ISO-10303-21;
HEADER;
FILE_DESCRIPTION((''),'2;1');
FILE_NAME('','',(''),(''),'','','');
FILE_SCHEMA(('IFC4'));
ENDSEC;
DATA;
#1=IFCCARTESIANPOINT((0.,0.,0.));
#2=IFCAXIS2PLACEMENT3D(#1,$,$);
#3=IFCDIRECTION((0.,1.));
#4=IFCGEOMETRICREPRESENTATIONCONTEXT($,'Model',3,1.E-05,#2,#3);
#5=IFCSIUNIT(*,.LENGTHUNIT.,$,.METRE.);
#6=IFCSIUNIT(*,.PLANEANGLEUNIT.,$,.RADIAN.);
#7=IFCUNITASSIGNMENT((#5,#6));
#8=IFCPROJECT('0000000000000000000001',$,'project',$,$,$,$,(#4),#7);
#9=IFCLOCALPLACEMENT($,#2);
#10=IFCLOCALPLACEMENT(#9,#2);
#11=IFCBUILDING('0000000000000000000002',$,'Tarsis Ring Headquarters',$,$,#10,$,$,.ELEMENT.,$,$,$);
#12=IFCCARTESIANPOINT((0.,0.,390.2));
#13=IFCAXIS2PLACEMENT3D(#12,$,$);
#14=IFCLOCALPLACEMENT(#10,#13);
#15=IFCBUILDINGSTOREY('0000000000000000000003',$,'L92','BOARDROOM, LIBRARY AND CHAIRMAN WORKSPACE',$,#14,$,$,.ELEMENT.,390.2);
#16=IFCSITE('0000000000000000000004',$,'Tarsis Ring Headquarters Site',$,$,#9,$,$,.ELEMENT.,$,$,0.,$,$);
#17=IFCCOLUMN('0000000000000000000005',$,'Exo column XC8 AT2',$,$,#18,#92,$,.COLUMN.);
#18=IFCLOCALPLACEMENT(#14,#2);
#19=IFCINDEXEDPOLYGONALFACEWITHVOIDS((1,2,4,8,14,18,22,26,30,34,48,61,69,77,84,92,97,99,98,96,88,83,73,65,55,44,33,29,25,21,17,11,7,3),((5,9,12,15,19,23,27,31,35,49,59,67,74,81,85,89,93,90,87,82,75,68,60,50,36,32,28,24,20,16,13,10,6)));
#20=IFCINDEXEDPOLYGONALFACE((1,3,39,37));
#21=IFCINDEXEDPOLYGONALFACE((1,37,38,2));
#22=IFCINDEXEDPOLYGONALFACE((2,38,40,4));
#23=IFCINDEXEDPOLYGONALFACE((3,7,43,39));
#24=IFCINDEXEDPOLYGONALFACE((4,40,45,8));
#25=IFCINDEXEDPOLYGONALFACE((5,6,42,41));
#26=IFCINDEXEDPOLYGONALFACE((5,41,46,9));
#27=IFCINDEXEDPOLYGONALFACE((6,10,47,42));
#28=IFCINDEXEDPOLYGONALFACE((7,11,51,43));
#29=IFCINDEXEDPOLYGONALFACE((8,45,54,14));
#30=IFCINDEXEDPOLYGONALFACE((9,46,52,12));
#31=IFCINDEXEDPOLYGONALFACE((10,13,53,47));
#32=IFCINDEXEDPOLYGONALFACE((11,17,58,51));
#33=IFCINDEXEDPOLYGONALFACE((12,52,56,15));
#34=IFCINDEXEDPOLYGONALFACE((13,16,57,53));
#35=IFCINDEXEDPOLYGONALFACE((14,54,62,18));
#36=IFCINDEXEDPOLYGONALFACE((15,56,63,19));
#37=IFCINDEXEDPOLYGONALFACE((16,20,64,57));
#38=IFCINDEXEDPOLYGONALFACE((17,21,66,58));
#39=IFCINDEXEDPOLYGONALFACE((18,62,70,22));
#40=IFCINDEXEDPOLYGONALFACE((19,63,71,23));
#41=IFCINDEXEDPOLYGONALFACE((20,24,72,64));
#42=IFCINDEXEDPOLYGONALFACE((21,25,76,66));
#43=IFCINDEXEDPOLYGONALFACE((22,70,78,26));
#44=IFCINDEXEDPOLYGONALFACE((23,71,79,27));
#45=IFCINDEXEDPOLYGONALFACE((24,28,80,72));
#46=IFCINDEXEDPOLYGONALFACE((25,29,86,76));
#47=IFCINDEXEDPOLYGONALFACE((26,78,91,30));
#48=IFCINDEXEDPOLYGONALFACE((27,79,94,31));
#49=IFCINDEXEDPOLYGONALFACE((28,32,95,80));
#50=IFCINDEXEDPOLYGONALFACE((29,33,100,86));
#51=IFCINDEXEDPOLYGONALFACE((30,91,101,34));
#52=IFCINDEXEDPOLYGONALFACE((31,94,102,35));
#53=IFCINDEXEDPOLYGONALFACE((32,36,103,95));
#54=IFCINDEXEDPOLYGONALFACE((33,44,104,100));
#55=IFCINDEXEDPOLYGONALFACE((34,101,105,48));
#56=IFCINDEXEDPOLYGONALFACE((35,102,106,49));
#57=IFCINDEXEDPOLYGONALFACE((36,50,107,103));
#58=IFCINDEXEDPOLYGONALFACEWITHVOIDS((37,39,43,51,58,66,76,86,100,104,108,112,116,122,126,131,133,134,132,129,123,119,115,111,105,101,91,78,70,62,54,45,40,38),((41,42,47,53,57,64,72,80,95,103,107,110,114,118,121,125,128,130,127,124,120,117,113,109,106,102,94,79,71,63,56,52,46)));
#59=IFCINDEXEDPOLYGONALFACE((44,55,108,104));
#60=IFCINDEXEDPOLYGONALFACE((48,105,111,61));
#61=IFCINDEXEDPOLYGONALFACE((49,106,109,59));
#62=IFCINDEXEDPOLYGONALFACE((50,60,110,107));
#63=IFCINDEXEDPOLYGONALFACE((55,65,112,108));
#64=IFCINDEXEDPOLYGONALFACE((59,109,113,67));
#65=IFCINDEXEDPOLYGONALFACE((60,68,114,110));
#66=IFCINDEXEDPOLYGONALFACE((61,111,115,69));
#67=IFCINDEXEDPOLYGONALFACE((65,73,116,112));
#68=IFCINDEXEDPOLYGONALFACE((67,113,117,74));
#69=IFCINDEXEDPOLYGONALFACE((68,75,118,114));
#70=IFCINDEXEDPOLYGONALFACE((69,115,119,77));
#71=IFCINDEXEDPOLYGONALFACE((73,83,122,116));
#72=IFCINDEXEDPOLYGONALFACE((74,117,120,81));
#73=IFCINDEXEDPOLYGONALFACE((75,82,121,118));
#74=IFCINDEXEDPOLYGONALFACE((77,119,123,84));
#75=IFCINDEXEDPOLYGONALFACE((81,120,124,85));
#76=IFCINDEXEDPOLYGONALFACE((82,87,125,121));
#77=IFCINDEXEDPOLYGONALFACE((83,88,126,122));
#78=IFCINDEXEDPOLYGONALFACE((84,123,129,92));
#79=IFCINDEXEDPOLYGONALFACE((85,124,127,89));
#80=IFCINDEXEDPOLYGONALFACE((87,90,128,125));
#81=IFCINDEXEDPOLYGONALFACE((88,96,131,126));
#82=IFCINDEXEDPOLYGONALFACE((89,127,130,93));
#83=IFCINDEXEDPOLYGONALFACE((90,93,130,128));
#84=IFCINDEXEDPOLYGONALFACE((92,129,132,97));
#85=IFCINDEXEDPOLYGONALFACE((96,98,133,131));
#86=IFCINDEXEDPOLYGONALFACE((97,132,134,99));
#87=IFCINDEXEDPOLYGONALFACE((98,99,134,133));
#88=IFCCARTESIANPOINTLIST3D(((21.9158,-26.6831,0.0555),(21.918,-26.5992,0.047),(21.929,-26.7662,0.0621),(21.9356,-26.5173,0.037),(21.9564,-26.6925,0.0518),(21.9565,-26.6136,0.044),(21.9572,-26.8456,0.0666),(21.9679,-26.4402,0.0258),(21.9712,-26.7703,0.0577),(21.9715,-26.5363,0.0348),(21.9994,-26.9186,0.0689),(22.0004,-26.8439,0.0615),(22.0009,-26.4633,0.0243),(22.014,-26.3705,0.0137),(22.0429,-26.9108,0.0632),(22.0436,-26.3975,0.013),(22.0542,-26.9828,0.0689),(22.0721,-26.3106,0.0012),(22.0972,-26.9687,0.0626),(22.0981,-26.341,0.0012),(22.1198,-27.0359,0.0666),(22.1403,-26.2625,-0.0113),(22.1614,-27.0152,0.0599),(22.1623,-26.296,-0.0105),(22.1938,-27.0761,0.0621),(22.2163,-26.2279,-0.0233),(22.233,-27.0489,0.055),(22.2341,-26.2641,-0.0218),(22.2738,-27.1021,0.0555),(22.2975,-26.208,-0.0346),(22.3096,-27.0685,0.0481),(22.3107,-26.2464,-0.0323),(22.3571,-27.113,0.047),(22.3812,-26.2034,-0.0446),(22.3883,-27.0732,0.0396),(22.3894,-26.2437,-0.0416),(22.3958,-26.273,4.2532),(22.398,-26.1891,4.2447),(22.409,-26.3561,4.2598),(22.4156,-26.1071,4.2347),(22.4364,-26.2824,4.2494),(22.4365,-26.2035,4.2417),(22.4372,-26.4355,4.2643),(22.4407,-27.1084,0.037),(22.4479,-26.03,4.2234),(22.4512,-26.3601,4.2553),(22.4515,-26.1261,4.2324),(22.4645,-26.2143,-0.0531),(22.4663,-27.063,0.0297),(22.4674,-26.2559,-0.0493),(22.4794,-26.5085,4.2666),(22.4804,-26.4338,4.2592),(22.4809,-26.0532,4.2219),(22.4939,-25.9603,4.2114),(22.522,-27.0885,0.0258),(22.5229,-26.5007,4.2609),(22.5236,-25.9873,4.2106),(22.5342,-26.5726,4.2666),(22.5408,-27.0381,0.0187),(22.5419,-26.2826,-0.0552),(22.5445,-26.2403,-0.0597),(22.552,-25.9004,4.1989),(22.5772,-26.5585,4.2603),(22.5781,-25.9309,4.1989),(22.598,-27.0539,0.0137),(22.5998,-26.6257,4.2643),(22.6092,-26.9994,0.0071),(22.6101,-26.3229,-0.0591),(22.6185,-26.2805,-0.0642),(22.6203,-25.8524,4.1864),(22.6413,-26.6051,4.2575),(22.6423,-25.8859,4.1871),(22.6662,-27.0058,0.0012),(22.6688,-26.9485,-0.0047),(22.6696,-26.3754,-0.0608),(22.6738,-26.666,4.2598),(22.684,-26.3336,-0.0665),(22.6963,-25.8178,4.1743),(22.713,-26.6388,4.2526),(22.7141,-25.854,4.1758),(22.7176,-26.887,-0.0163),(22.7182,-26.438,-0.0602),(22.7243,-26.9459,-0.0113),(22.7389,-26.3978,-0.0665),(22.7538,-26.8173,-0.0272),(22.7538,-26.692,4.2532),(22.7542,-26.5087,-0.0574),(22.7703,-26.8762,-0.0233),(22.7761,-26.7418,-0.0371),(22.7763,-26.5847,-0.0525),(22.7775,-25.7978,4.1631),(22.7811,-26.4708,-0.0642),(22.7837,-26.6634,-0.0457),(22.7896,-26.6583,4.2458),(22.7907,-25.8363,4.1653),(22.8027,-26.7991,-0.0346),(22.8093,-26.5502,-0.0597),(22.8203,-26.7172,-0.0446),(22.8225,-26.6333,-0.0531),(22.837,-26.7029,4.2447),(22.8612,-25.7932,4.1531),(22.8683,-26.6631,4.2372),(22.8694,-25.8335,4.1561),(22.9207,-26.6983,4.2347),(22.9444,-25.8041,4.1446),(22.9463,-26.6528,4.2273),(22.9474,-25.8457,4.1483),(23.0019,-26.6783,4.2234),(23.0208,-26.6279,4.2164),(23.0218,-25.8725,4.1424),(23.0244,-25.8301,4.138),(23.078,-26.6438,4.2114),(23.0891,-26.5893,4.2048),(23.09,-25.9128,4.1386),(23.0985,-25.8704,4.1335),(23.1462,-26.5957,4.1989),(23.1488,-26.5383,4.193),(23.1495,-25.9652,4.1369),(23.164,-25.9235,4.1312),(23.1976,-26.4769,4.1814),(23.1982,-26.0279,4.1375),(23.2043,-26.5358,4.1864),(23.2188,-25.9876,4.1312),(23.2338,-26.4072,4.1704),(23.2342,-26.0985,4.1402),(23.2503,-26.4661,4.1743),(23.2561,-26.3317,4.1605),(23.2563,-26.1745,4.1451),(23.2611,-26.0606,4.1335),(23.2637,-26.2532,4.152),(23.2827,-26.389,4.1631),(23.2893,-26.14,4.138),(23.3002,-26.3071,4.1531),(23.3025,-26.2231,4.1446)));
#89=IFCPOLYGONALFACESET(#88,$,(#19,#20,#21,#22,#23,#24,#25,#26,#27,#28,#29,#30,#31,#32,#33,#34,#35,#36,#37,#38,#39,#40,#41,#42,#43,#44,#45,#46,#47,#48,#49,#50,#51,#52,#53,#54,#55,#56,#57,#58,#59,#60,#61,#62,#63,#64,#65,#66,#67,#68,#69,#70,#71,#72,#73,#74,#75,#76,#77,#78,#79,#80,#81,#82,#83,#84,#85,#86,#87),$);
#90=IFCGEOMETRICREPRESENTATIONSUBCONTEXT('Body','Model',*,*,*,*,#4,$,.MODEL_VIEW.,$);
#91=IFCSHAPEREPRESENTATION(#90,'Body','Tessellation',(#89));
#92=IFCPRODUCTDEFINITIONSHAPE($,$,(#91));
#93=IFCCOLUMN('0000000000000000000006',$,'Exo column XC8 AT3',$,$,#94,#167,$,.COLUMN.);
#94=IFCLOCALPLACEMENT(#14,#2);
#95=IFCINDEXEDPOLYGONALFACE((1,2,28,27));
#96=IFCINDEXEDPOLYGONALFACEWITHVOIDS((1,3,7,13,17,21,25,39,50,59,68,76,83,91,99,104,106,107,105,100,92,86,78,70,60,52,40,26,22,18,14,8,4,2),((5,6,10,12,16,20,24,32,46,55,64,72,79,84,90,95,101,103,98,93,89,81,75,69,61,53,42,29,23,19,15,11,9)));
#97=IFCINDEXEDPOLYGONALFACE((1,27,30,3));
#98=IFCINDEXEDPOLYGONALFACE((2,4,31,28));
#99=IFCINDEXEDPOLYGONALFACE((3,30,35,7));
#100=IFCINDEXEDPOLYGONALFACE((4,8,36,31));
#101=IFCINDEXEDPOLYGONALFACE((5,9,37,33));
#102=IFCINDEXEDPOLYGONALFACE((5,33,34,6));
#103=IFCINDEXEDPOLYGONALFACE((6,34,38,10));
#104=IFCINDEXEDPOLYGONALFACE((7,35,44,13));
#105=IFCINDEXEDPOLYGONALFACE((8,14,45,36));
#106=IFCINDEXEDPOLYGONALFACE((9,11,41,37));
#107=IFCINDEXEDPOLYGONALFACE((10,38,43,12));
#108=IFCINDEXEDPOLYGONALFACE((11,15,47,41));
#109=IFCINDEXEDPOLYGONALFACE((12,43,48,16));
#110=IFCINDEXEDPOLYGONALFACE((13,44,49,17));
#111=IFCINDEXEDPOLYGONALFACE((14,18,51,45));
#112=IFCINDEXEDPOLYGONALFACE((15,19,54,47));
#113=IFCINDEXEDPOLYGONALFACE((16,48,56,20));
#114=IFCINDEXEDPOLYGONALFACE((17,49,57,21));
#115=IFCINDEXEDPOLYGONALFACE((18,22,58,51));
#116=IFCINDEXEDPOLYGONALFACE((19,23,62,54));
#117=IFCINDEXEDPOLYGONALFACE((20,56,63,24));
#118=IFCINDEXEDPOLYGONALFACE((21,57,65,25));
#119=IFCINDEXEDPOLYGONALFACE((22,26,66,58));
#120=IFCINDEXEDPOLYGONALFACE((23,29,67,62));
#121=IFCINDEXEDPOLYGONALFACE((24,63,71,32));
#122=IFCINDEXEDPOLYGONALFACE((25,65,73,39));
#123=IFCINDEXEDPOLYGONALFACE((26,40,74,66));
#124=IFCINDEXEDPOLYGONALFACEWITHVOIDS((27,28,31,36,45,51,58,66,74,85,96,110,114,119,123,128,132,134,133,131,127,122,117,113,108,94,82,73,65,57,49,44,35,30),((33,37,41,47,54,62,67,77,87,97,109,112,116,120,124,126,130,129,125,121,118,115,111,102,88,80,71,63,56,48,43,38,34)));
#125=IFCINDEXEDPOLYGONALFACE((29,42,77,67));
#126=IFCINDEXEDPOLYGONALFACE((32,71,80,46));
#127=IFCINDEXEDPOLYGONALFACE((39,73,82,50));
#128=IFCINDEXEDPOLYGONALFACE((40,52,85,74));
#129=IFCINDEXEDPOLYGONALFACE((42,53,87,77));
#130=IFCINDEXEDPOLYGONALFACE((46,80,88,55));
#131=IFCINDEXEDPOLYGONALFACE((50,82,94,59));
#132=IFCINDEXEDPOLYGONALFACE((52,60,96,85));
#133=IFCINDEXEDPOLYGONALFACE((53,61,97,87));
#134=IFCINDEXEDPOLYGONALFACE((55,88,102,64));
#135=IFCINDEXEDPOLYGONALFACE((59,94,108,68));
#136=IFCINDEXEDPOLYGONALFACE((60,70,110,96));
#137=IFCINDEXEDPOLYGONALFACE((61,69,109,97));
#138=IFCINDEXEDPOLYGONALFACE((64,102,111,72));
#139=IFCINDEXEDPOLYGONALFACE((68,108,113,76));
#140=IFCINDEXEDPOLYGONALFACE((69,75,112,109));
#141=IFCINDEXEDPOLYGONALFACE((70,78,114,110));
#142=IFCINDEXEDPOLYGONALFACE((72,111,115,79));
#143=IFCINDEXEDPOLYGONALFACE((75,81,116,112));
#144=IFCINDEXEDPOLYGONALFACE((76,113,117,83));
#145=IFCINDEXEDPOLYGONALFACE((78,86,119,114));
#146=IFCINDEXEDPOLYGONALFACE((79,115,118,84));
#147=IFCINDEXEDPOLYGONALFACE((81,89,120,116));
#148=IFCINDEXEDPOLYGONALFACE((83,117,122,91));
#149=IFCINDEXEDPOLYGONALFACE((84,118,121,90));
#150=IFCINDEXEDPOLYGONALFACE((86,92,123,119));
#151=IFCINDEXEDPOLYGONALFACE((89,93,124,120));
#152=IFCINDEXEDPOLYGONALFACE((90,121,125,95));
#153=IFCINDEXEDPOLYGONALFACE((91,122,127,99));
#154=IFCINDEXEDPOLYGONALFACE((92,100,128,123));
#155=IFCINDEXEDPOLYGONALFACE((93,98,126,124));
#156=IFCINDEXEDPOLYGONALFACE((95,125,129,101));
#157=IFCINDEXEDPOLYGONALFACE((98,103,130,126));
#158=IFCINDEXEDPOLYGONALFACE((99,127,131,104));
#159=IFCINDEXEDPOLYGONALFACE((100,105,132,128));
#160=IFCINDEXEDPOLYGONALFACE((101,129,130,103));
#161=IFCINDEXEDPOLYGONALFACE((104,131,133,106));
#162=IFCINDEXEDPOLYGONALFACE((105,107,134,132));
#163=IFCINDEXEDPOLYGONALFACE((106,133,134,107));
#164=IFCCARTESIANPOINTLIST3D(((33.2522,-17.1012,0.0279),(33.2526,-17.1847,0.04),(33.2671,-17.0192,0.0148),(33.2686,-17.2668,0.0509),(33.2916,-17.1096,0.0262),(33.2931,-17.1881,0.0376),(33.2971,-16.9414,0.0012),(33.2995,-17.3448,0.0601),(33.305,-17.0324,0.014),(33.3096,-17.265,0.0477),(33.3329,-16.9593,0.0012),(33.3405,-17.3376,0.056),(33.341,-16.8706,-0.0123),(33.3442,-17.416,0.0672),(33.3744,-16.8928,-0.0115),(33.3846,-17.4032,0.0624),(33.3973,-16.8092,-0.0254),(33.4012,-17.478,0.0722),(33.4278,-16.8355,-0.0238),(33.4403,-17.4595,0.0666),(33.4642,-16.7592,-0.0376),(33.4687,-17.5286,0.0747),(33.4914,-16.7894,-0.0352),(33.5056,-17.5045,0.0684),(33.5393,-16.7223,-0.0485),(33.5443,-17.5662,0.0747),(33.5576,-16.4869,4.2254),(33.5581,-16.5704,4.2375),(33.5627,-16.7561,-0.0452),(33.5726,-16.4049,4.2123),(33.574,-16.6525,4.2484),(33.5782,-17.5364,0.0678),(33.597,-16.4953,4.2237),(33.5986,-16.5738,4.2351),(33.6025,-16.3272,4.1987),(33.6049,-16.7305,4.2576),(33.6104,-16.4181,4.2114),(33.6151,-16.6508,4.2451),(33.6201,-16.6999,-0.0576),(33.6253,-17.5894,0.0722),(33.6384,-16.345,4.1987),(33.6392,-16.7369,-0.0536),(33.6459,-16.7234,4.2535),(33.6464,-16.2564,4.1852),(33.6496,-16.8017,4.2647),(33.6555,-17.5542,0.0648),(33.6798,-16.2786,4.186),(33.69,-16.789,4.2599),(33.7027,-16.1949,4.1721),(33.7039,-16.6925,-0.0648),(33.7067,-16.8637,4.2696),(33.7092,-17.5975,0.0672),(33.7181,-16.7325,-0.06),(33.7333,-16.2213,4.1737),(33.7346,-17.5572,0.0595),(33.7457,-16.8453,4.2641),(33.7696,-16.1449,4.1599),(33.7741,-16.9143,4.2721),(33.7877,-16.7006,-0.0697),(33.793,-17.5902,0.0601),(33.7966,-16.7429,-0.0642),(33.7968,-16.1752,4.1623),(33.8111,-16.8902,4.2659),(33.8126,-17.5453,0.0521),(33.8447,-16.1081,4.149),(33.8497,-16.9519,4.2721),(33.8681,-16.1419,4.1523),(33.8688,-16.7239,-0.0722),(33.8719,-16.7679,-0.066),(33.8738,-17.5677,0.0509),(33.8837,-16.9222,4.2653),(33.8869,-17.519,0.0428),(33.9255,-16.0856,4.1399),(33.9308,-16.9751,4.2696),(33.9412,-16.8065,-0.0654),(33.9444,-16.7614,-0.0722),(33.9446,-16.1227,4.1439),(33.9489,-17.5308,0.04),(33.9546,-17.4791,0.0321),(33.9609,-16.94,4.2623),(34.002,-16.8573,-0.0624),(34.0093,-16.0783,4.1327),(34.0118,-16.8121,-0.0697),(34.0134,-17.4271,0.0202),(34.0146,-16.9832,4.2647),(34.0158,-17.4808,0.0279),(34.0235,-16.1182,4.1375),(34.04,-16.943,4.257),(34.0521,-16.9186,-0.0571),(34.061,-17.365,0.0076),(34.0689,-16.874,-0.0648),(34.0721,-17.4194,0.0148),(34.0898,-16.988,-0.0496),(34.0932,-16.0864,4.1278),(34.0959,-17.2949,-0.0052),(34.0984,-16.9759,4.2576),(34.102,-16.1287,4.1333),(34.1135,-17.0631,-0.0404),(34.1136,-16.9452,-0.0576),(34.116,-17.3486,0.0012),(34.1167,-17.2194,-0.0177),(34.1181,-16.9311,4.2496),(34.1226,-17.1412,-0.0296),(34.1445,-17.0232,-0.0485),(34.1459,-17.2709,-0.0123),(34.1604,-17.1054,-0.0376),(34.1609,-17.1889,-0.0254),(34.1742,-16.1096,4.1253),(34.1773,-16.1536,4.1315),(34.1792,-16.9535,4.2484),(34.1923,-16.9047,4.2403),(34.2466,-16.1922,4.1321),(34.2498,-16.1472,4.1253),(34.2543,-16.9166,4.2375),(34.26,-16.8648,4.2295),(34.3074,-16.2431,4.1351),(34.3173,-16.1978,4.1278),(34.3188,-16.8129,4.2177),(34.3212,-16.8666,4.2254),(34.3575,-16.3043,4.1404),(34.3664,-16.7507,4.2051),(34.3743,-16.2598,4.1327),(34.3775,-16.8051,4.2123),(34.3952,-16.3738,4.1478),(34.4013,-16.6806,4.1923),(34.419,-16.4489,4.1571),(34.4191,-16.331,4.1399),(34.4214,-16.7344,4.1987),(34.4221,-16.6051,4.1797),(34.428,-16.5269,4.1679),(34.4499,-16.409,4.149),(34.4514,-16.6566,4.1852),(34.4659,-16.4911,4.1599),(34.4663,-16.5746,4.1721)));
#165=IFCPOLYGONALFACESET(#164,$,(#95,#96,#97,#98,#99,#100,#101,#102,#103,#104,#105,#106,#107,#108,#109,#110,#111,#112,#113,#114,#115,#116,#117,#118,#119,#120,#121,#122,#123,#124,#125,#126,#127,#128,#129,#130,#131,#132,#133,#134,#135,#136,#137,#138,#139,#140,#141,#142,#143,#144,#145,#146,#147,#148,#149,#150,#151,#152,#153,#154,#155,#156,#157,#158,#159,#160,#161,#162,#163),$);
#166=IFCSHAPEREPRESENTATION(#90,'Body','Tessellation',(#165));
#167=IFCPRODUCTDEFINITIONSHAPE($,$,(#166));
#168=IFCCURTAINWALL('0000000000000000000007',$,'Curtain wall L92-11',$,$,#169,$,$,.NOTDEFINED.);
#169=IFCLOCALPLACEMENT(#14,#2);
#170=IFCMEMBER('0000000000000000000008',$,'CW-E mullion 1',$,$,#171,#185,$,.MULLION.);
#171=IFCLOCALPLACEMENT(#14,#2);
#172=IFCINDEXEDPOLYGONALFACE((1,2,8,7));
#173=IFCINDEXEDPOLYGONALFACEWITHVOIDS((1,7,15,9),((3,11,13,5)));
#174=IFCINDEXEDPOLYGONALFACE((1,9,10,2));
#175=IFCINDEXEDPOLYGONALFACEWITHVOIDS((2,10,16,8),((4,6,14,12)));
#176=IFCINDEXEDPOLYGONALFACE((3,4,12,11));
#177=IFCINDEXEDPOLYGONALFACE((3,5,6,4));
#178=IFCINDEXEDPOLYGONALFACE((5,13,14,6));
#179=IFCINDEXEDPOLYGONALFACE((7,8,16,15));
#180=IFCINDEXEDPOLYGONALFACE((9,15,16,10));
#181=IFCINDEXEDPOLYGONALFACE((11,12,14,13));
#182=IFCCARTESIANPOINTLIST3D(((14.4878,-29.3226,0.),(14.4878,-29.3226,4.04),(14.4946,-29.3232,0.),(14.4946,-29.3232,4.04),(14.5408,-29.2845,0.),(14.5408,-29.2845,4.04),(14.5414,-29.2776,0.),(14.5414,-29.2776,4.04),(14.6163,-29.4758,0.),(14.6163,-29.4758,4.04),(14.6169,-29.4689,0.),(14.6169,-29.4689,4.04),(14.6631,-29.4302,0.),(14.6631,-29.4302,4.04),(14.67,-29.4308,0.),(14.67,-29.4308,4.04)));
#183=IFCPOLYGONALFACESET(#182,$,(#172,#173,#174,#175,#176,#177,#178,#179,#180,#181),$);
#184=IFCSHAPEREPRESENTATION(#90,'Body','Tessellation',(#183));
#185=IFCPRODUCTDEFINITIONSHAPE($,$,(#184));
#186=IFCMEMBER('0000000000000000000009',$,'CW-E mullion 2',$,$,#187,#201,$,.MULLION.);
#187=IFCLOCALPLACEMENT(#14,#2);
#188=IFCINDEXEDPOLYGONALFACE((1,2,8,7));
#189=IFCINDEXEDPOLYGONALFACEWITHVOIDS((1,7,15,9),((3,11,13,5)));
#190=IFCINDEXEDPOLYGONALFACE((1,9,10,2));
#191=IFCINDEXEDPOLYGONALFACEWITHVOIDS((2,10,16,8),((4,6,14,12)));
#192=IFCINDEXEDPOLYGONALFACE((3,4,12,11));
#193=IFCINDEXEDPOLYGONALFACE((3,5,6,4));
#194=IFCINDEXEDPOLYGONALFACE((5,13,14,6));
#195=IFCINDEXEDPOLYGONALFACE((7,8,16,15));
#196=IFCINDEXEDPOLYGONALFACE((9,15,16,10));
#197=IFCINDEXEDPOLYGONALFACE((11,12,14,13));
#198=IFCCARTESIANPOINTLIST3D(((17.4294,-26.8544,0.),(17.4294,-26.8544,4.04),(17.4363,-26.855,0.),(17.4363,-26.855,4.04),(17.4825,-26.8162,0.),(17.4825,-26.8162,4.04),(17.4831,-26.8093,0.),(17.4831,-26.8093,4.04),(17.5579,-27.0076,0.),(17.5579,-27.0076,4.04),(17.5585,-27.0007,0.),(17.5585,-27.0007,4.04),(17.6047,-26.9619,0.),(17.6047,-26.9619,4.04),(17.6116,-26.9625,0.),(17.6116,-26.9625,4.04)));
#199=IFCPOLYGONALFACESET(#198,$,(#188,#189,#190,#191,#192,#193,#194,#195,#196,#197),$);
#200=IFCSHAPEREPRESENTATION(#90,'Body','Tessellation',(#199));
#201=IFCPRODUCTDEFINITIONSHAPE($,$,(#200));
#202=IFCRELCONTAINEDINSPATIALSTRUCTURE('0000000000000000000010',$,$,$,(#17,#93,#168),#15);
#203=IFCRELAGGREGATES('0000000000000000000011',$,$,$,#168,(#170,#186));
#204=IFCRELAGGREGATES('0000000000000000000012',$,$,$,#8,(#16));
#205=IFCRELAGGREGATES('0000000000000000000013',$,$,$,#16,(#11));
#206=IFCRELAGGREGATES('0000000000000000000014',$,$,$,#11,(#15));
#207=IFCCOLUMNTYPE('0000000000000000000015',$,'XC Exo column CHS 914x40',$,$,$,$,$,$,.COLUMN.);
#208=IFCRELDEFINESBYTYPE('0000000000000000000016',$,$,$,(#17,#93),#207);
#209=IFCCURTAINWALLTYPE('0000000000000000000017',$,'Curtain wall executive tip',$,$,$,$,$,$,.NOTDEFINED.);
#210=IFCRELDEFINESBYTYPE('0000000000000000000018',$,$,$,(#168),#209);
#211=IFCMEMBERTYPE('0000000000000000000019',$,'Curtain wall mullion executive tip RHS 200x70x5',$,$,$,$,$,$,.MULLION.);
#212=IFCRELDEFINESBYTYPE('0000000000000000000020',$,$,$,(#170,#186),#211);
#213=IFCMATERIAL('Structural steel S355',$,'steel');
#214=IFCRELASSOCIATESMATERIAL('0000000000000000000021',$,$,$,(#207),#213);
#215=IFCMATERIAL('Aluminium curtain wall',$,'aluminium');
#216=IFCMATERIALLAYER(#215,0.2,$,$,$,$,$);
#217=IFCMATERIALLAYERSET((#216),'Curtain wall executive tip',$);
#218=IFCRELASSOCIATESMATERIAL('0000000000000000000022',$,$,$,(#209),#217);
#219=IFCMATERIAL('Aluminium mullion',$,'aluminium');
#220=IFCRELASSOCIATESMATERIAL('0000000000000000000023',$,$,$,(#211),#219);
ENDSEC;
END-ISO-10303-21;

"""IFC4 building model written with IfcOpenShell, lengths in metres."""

from ifc_helpers import new_model, si_unit, direction, frame, origin, origin_2d, place, context, subcontext, project, spatial, hollow_rectangle, hollow_circle, extrude, material, layer, layer_set, material_profile, profile_set, type_object, element, aggregate, save


model = new_model("IFC4")

# Units and contexts
model_context = context("Model", 3, precision=1e-05, world=origin(), true_north=direction((0.0, 1.0)))
body_context = subcontext(model_context, "Body", "Model", "MODEL_VIEW")
ifc_project = project(units=[si_unit("LENGTHUNIT", "METRE"), si_unit("PLANEANGLEUNIT", "RADIAN")], contexts=[model_context])

# Site, building, storey
site_placement = place(None, origin())
site = spatial("IfcSite", under=ifc_project, at=site_placement, Name="Tarsis Ring Headquarters Site", CompositionType="ELEMENT", RefElevation=0.0)
building_placement = place(site_placement, origin())
building = spatial("IfcBuilding", under=site, at=building_placement, Name="Tarsis Ring Headquarters", CompositionType="ELEMENT")
storey_placement = place(building_placement, frame((0.0, 0.0, 390.2)))
storey = spatial("IfcBuildingStorey", under=building, at=storey_placement, Name="L92", Description="BOARDROOM, LIBRARY AND CHAIRMAN WORKSPACE", CompositionType="ELEMENT", Elevation=390.2)

# Columns
ifc_material_1 = material(Name="Structural steel S355", Category="steel")
ifc_material_profile_1 = material_profile(ifc_material_1, hollow_circle(Radius=0.457, WallThickness=0.04, at=origin_2d()), Name="CHS 914x40")
ifc_profile_set_1 = profile_set([ifc_material_profile_1], Name="Structural steel S355")
column_type = type_object("IfcColumnType", Name="XC Exo column CHS 914x40", PredefinedType="COLUMN", material=ifc_profile_set_1)
column_1_placement = place(storey_placement, frame((22.3691, -26.6582, 0.0012), z_axis=(0.11307, 0.096622, 0.988878), x_axis=(-0.649644, 0.760238, 0.0)))
element("IfcColumn", 1, at=column_1_placement, inside=storey, type_object=column_type, Name="Exo column XC8 AT2", PredefinedType="COLUMN", context=body_context, shape_type="SweptSolid", body=[
    extrude(hollow_circle(Radius=0.4573, WallThickness=0.04, at=origin_2d()), origin(), (0.0, 0.0, 1.0), 4.2449),
])
column_2_placement = place(storey_placement, frame((33.7065, -17.145, 0.0012), z_axis=(0.071809, 0.144423, 0.986907), x_axis=(-0.895421, 0.445219, 0.0)))
element("IfcColumn", 2, at=column_2_placement, inside=storey, type_object=column_type, Name="Exo column XC8 AT3", PredefinedType="COLUMN", context=body_context, shape_type="SweptSolid", body=[
    extrude(hollow_circle(Radius=0.4573, WallThickness=0.04, at=origin_2d()), origin(), (0.0, 0.0, 1.0), 4.2532),
])

# Curtain wall, members
ifc_material_2 = material(Name="Aluminium curtain wall", Category="aluminium")
ifc_layer_1 = layer(ifc_material_2, 0.2)
ifc_layer_set_1 = layer_set([ifc_layer_1], Name="Curtain wall executive tip")
curtain_wall_type = type_object("IfcCurtainWallType", Name="Curtain wall executive tip", PredefinedType="NOTDEFINED", material=ifc_layer_set_1)
curtain_wall_placement = place(storey_placement, origin())
curtain_wall = element("IfcCurtainWall", 3, at=curtain_wall_placement, inside=storey, type_object=curtain_wall_type, Name="Curtain wall L92-11", PredefinedType="NOTDEFINED")
ifc_material_3 = material(Name="Aluminium mullion", Category="aluminium")
ifc_material_profile_2 = material_profile(ifc_material_3, hollow_rectangle(XDim=0.2, YDim=0.0701, WallThickness=0.0049, at=origin_2d()), Name="RHS 200x70x5")
ifc_profile_set_2 = profile_set([ifc_material_profile_2], Name="Aluminium mullion")
member_type_1 = type_object("IfcMemberType", Name="Curtain wall mullion executive tip RHS 200x70x5", PredefinedType="MULLION", material=ifc_profile_set_2)
member_1_placement = place(storey_placement, frame((14.5789, -29.3767, 0.0), z_axis=(0.0, 0.0, 1.0), x_axis=(-0.642788, 0.766044, 0.0)))
member_1 = element("IfcMember", 4, at=member_1_placement, type_object=member_type_1, Name="CW-E mullion 1", PredefinedType="MULLION", context=body_context, shape_type="SweptSolid", body=[
    extrude(hollow_rectangle(XDim=0.2, YDim=0.0701, WallThickness=0.0049, at=origin_2d()), origin(), (0.0, 0.0, 1.0), 4.04),
])
member_2_placement = place(storey_placement, frame((17.5205, -26.9084, 0.0), z_axis=(0.0, 0.0, 1.0), x_axis=(-0.642788, 0.766044, 0.0)))
member_2 = element("IfcMember", 5, at=member_2_placement, type_object=member_type_1, Name="CW-E mullion 2", PredefinedType="MULLION", context=body_context, shape_type="SweptSolid", body=[
    extrude(hollow_rectangle(XDim=0.2, YDim=0.0701, WallThickness=0.0049, at=origin_2d()), origin(), (0.0, 0.0, 1.0), 4.04),
])

aggregate(curtain_wall, [member_1, member_2])

save(model, "model.ifc")
